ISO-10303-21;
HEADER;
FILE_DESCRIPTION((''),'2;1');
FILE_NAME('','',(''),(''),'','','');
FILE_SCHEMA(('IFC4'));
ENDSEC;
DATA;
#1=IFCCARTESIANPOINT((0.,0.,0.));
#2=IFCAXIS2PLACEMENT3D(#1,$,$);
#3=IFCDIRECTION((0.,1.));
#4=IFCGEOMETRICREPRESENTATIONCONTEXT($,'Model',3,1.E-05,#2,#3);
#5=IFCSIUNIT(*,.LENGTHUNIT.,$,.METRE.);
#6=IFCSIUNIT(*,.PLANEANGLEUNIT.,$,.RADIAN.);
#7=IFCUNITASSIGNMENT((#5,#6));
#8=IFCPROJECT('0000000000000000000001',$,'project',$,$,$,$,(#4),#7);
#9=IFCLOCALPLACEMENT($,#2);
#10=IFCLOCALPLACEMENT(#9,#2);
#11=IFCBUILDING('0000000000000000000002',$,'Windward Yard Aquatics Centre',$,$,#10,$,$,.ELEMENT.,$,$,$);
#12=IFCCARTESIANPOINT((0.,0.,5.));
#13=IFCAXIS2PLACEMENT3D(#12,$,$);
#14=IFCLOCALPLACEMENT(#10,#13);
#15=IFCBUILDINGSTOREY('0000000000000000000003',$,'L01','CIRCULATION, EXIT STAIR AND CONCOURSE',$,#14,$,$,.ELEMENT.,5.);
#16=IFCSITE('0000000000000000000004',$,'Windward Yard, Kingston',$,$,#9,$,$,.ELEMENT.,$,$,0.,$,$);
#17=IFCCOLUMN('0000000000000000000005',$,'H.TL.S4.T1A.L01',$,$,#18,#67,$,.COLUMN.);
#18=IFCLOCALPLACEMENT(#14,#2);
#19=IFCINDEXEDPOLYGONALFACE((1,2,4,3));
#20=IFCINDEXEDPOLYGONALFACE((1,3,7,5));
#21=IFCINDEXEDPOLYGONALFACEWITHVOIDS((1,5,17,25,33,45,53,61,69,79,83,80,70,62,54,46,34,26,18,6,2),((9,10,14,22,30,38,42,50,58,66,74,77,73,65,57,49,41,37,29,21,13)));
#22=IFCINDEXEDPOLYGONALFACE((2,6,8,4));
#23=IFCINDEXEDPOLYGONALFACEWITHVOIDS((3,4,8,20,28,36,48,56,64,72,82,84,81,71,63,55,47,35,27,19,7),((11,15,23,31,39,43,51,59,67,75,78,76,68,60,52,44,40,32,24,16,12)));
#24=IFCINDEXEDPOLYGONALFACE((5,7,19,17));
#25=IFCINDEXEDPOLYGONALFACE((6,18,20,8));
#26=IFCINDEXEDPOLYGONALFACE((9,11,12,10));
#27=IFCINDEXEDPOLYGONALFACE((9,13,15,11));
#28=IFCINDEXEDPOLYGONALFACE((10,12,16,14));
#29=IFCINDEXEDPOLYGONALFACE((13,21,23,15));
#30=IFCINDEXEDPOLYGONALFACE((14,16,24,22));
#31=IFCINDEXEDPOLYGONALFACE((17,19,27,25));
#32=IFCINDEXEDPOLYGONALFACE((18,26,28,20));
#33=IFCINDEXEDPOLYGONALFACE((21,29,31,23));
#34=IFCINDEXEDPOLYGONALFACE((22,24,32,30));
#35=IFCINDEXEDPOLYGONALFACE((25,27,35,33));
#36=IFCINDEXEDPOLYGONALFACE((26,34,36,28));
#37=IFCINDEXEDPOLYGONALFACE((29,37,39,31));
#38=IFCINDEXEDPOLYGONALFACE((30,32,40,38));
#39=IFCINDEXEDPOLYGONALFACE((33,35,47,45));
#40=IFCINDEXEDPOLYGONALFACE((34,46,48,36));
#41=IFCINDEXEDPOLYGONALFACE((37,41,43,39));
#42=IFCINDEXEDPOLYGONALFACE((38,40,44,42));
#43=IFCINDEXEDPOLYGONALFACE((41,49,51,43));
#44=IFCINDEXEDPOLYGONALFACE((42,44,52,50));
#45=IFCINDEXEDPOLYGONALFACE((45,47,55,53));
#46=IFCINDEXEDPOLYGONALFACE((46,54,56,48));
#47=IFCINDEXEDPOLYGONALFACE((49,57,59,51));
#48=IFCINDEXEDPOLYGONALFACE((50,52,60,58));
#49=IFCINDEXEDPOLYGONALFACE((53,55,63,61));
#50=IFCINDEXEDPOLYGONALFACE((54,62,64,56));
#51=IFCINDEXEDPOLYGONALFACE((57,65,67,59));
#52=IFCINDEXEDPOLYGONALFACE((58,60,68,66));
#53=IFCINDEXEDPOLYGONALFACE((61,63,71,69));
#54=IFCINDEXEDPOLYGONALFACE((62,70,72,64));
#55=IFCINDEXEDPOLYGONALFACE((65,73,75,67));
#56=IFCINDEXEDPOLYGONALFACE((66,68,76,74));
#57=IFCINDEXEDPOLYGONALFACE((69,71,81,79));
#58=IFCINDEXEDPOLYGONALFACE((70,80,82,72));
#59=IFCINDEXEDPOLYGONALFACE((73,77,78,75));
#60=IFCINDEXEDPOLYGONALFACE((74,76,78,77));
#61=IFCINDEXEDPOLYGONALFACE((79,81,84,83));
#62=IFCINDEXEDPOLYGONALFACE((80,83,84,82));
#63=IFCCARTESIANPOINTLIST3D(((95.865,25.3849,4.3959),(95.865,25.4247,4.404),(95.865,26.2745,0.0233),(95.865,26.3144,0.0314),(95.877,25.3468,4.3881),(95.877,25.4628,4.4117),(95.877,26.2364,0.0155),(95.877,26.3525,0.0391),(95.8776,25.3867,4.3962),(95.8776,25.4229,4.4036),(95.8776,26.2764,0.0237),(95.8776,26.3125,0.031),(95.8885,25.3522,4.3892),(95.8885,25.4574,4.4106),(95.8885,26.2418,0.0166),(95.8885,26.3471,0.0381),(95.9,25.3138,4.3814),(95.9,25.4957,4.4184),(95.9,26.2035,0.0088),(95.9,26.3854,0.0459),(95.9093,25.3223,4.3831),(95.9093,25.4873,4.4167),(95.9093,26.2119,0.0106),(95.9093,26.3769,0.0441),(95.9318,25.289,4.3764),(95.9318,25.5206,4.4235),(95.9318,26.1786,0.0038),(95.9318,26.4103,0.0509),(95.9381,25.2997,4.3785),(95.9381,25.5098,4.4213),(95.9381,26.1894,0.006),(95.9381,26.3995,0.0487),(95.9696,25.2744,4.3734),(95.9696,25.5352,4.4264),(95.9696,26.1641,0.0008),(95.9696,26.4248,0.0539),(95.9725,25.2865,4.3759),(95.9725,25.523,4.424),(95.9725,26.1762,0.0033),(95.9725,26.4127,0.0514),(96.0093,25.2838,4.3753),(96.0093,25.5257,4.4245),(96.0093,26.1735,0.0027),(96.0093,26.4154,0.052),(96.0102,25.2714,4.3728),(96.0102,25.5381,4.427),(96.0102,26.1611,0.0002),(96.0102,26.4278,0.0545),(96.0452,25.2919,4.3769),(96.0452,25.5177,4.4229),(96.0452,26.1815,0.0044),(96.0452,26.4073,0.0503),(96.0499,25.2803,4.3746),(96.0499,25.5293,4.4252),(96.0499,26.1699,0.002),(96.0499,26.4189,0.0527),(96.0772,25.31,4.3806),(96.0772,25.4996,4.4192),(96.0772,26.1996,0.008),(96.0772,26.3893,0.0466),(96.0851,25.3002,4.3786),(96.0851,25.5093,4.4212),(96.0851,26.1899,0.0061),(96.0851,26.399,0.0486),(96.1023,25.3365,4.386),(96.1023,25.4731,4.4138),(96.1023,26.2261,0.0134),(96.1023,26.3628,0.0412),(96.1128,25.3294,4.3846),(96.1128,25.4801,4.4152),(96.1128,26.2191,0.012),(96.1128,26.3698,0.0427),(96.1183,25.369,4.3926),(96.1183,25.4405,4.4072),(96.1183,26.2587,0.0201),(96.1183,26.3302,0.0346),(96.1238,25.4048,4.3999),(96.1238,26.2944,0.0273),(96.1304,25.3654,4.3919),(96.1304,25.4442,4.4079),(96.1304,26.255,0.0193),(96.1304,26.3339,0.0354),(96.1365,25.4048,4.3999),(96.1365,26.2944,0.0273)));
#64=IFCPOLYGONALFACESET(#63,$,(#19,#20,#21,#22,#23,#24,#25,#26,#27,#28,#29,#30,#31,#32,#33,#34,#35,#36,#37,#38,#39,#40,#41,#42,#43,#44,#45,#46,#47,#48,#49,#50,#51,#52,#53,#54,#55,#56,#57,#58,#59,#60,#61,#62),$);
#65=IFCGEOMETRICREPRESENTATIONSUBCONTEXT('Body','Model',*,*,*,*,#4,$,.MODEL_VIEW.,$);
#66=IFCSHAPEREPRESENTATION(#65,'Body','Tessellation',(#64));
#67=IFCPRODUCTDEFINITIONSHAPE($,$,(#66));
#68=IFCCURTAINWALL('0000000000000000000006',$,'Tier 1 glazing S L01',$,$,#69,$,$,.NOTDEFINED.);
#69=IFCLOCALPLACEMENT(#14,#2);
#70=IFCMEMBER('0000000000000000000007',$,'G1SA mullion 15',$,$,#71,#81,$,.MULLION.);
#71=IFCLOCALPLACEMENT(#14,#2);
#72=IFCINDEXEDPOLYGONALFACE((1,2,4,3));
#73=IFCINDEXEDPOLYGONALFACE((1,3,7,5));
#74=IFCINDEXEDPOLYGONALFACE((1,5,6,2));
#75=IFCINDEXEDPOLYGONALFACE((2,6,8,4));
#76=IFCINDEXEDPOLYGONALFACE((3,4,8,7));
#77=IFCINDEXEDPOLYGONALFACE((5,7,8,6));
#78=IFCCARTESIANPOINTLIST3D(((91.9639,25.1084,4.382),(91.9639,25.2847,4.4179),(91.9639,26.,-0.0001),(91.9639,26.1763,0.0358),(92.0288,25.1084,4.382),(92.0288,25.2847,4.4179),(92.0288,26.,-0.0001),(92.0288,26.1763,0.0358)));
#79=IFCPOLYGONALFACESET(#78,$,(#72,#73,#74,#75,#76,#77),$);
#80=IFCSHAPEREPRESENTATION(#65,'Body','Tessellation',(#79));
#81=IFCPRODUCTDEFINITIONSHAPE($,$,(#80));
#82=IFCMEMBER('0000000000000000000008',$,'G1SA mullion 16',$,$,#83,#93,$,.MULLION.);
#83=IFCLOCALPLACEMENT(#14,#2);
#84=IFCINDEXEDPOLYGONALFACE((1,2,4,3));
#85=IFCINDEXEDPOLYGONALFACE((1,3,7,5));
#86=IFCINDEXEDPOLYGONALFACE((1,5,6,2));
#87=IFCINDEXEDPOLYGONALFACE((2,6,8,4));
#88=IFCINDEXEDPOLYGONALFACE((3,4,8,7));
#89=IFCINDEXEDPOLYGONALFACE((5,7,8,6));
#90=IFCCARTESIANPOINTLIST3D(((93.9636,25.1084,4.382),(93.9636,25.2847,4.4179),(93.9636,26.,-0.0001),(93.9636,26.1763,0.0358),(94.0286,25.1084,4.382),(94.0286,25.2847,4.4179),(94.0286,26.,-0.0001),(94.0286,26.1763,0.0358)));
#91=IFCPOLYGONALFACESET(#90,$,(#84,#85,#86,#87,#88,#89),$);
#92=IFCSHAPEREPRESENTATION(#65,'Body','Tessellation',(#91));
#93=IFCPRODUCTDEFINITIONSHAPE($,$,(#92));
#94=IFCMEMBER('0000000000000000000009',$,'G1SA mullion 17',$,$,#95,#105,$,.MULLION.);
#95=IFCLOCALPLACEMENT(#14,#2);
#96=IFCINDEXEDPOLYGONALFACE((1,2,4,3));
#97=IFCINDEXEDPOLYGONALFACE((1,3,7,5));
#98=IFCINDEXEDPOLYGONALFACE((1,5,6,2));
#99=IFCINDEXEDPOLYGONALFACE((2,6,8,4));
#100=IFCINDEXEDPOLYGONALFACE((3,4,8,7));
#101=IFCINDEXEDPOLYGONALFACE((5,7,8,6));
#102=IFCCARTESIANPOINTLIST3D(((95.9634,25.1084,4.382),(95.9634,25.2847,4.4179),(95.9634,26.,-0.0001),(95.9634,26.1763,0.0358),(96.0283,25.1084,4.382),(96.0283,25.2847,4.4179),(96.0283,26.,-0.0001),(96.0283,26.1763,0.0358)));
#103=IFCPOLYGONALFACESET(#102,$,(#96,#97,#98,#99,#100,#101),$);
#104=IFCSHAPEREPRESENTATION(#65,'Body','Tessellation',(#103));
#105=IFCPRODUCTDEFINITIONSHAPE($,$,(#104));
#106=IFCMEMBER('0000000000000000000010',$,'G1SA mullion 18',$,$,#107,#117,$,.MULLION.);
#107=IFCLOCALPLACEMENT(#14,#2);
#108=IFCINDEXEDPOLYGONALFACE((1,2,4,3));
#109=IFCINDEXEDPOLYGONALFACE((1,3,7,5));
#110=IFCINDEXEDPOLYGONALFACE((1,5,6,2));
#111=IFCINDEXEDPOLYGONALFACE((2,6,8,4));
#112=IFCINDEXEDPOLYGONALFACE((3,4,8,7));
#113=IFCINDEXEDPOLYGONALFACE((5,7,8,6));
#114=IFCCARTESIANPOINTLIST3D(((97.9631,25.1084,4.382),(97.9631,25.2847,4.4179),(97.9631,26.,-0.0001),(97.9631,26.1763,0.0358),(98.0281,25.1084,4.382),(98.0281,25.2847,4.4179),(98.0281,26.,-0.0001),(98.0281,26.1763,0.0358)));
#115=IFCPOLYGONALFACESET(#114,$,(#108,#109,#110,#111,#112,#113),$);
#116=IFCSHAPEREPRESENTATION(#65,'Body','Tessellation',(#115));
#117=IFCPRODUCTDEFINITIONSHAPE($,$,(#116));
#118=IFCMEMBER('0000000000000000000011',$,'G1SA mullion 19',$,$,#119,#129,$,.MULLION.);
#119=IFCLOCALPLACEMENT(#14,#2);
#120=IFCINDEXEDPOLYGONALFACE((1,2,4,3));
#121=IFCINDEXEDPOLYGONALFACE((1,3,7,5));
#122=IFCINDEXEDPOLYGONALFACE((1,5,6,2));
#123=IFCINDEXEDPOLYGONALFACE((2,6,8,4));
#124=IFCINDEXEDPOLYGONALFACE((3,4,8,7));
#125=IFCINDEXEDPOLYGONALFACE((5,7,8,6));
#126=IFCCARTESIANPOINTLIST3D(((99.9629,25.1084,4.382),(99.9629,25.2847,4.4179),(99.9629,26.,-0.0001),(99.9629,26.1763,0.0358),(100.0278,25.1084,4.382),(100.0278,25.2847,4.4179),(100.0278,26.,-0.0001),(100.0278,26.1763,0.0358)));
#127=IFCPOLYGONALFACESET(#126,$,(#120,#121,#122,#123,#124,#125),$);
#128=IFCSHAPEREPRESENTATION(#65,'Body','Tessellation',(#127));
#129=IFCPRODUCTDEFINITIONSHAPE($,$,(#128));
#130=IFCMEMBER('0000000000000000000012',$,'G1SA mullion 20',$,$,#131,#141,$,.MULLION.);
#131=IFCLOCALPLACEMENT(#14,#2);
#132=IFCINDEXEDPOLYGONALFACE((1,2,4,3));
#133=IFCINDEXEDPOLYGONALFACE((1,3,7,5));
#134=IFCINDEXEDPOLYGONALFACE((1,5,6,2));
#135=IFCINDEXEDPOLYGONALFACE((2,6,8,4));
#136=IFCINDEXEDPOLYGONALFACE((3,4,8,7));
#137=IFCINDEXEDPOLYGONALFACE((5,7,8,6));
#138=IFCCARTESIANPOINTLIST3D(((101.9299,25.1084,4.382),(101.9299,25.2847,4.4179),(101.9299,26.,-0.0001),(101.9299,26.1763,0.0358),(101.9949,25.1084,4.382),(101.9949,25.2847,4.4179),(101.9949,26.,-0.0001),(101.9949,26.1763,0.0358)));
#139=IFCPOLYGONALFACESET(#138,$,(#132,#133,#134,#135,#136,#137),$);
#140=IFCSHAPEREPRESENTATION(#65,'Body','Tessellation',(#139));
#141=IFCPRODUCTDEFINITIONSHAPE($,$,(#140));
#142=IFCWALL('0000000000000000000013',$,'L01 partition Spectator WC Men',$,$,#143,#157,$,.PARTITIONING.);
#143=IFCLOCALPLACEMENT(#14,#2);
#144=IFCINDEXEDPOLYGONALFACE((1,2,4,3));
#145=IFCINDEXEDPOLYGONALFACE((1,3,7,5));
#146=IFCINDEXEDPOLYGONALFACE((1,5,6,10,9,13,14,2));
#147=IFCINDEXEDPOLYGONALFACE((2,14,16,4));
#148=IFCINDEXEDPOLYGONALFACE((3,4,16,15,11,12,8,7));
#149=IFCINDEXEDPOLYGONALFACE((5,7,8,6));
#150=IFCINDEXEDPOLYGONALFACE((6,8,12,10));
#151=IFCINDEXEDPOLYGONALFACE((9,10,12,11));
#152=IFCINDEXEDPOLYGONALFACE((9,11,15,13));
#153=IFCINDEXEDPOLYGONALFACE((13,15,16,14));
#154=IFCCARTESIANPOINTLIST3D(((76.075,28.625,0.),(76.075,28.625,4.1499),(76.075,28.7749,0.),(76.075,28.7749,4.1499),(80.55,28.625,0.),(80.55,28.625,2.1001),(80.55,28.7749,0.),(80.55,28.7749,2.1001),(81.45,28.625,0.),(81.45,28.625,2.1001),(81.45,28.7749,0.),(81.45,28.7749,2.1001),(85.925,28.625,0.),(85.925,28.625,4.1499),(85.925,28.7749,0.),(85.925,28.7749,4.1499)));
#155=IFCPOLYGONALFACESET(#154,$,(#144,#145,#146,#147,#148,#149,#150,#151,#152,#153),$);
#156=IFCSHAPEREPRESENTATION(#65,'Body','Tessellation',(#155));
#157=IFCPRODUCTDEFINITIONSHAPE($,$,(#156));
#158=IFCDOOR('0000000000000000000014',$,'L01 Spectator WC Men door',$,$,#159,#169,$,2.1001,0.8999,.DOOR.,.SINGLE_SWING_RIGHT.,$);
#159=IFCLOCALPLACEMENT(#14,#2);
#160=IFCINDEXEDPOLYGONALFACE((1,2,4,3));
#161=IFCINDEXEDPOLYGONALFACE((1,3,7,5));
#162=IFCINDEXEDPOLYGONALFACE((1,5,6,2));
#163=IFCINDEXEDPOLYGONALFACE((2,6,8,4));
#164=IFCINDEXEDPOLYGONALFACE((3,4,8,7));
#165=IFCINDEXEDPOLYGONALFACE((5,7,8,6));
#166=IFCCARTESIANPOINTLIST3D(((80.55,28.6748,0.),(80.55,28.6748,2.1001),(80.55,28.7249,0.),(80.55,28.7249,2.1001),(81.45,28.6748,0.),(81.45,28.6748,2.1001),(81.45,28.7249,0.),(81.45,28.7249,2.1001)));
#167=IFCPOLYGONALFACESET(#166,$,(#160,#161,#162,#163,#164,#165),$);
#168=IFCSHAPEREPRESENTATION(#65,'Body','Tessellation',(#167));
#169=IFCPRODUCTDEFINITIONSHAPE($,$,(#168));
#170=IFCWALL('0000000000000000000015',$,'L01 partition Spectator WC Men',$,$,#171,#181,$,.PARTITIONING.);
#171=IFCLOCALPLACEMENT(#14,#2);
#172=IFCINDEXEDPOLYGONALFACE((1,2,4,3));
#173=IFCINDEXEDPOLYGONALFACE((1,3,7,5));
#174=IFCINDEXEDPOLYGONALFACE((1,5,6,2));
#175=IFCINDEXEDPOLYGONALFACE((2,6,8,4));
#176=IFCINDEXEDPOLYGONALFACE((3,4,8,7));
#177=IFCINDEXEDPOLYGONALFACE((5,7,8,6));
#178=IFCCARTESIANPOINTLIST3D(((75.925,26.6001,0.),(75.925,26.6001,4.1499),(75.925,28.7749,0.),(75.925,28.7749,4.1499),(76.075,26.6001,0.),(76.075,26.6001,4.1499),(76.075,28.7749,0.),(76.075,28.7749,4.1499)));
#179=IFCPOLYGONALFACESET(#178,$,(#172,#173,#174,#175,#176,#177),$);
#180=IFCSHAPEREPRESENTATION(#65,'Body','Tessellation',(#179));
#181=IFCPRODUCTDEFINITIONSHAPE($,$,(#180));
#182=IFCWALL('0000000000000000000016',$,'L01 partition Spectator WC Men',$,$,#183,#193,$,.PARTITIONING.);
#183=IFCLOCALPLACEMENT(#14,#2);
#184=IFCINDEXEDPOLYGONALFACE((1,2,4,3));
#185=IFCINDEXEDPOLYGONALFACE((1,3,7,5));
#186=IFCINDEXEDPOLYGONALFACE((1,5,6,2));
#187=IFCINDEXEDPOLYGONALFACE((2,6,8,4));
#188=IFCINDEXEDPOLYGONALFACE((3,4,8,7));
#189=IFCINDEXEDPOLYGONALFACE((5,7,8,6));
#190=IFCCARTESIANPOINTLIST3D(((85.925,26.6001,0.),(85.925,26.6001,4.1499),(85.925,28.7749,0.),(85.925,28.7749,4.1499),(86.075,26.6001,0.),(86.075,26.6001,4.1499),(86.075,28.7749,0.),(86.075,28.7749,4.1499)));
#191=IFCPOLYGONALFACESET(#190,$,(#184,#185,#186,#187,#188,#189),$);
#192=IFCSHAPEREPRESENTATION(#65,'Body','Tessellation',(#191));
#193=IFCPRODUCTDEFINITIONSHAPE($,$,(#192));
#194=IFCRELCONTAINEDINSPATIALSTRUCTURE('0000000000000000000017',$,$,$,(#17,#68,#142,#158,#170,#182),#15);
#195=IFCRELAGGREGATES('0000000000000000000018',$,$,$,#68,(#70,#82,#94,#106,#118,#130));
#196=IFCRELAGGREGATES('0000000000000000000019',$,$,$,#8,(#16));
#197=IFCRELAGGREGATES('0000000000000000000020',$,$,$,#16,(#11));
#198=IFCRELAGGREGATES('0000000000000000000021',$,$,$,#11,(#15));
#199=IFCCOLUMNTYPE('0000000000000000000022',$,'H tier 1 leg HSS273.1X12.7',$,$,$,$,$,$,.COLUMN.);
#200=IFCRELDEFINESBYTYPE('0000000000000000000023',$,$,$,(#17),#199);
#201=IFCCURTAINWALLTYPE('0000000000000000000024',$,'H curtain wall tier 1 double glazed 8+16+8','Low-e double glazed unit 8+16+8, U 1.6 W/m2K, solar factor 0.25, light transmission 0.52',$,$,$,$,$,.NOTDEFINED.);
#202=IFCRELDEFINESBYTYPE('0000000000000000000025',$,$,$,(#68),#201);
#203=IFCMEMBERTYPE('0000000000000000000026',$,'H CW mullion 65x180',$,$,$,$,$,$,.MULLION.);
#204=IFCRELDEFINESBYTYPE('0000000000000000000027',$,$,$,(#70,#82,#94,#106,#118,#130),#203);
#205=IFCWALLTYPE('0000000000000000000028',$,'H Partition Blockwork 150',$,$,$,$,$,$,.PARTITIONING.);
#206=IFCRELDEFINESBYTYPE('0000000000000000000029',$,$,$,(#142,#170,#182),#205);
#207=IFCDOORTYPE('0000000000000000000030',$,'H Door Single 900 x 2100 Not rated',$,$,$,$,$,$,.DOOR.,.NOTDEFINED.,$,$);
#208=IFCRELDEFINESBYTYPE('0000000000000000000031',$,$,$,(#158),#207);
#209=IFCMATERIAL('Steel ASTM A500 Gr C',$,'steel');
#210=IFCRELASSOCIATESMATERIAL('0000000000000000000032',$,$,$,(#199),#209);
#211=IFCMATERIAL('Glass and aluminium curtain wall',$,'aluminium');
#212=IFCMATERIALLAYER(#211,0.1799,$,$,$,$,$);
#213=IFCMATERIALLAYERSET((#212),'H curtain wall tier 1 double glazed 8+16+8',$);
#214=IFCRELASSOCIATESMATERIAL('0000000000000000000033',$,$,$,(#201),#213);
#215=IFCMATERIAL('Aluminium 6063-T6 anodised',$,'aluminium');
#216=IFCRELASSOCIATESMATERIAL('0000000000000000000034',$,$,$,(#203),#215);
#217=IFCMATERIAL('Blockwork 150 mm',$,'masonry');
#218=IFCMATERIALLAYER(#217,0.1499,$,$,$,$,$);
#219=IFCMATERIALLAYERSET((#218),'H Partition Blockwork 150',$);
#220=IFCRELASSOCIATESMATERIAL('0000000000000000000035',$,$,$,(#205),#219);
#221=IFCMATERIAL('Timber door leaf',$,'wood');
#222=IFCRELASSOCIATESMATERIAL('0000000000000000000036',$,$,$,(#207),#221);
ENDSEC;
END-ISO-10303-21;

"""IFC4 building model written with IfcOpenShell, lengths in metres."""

from ifc_helpers import new_model, si_unit, direction, frame, frame_2d, origin, origin_2d, place, context, subcontext, project, spatial, rectangle, hollow_circle, extrude, material, layer, layer_set, material_profile, profile_set, type_object, element, fill, aggregate, save


model = new_model("IFC4")

# Units and contexts
model_context = context("Model", 3, precision=1e-05, world=origin(), true_north=direction((0.0, 1.0)))
body_context = subcontext(model_context, "Body", "Model", "MODEL_VIEW")
ifc_project = project(units=[si_unit("LENGTHUNIT", "METRE"), si_unit("PLANEANGLEUNIT", "RADIAN")], contexts=[model_context])

# Site, building, storey
site_placement = place(None, origin())
site = spatial("IfcSite", under=ifc_project, at=site_placement, Name="Windward Yard, Kingston", CompositionType="ELEMENT", RefElevation=0.0)
building_placement = place(site_placement, origin())
building = spatial("IfcBuilding", under=site, at=building_placement, Name="Windward Yard Aquatics Centre", CompositionType="ELEMENT")
storey_placement = place(building_placement, frame((0.0, 0.0, 5.0)))
storey = spatial("IfcBuildingStorey", under=building, at=storey_placement, Name="L01", Description="CIRCULATION, EXIT STAIR AND CONCOURSE", CompositionType="ELEMENT", Elevation=5.0)

# Column
ifc_material_1 = material(Name="Steel ASTM A500 Gr C", Category="steel")
ifc_material_profile_1 = material_profile(ifc_material_1, hollow_circle(Radius=0.1365, WallThickness=0.0127, at=origin_2d()), Name="HSS273.1X12.7")
ifc_profile_set_1 = profile_set([ifc_material_profile_1], Name="Steel ASTM A500 Gr C")
column_type_1 = type_object("IfcColumnType", Name="H tier 1 leg HSS273.1X12.7", PredefinedType="COLUMN", material=ifc_profile_set_1)
for number, where, z_axis, x_axis, name in (
    (1, (96.0, 26.2944, 0.0273), (0.0, -0.199377, 0.979923), (1.0, 0.0, 0.0), "H.TL.S4.T1A.L01"),
):
    element("IfcColumn", number, at=place(storey_placement, frame(where, z_axis=z_axis, x_axis=x_axis)), inside=storey, type_object=column_type_1, Name=name, PredefinedType="COLUMN", context=body_context, shape_type="SweptSolid", body=[
        extrude(hollow_circle(Radius=0.1365, WallThickness=0.0127, at=origin_2d()), origin(), (0.0, 0.0, 1.0), 4.4622),
    ])

# Curtain wall, members
ifc_material_2 = material(Name="Glass and aluminium curtain wall", Category="aluminium")
ifc_layer_1 = layer(ifc_material_2, 0.1799)
ifc_layer_set_1 = layer_set([ifc_layer_1], Name="H curtain wall tier 1 double glazed 8+16+8")
curtain_wall_type = type_object("IfcCurtainWallType", Name="H curtain wall tier 1 double glazed 8+16+8", Description="Low-e double glazed unit 8+16+8, U 1.6 W/m2K, solar factor 0.25, light transmission 0.52", PredefinedType="NOTDEFINED", material=ifc_layer_set_1)
curtain_wall_placement = place(storey_placement, origin())
curtain_wall = element("IfcCurtainWall", 2, at=curtain_wall_placement, inside=storey, type_object=curtain_wall_type, Name="Tier 1 glazing S L01", PredefinedType="NOTDEFINED")
ifc_material_3 = material(Name="Aluminium 6063-T6 anodised", Category="aluminium")
ifc_material_profile_2 = material_profile(ifc_material_3, rectangle(XDim=0.0649, YDim=0.1799, at=origin_2d()), Name="H CW mullion 65x180")
ifc_profile_set_2 = profile_set([ifc_material_profile_2], Name="Aluminium 6063-T6 anodised")
member_type = type_object("IfcMemberType", Name="H CW mullion 65x180", PredefinedType="MULLION", material=ifc_profile_set_2)
member_1_placement = place(storey_placement, frame((91.9963, 26.0881, 0.0178), z_axis=(0.0, -0.19938, 0.979922), x_axis=(1.0, 0.0, 0.0)))
member_1 = element("IfcMember", 3, at=member_1_placement, type_object=member_type, Name="G1SA mullion 15", PredefinedType="MULLION", context=body_context, shape_type="SweptSolid", body=[
    extrude(rectangle(XDim=0.0649, YDim=0.1799, at=origin_2d()), origin(), (0.0, 0.0, 1.0), 4.4719),
])
member_2_placement = place(storey_placement, frame((93.9961, 26.0881, 0.0178), z_axis=(0.0, -0.19938, 0.979922), x_axis=(1.0, 0.0, 0.0)))
member_2 = element("IfcMember", 4, at=member_2_placement, type_object=member_type, Name="G1SA mullion 16", PredefinedType="MULLION", context=body_context, shape_type="SweptSolid", body=[
    extrude(rectangle(XDim=0.0649, YDim=0.1799, at=origin_2d()), origin(), (0.0, 0.0, 1.0), 4.4719),
])
member_3_placement = place(storey_placement, frame((95.9958, 26.0881, 0.0178), z_axis=(0.0, -0.19938, 0.979922), x_axis=(1.0, 0.0, 0.0)))
member_3 = element("IfcMember", 5, at=member_3_placement, type_object=member_type, Name="G1SA mullion 17", PredefinedType="MULLION", context=body_context, shape_type="SweptSolid", body=[
    extrude(rectangle(XDim=0.0649, YDim=0.1799, at=origin_2d()), origin(), (0.0, 0.0, 1.0), 4.4719),
])
member_4_placement = place(storey_placement, frame((97.9956, 26.0881, 0.0178), z_axis=(0.0, -0.19938, 0.979922), x_axis=(1.0, 0.0, 0.0)))
member_4 = element("IfcMember", 6, at=member_4_placement, type_object=member_type, Name="G1SA mullion 18", PredefinedType="MULLION", context=body_context, shape_type="SweptSolid", body=[
    extrude(rectangle(XDim=0.0649, YDim=0.1799, at=origin_2d()), origin(), (0.0, 0.0, 1.0), 4.4719),
])
member_5_placement = place(storey_placement, frame((99.9954, 26.0881, 0.0178), z_axis=(0.0, -0.19938, 0.979922), x_axis=(1.0, 0.0, 0.0)))
member_5 = element("IfcMember", 7, at=member_5_placement, type_object=member_type, Name="G1SA mullion 19", PredefinedType="MULLION", context=body_context, shape_type="SweptSolid", body=[
    extrude(rectangle(XDim=0.0649, YDim=0.1799, at=origin_2d()), origin(), (0.0, 0.0, 1.0), 4.4719),
])
member_6_placement = place(storey_placement, frame((101.9624, 26.0881, 0.0178), z_axis=(0.0, -0.19938, 0.979922), x_axis=(1.0, 0.0, 0.0)))
member_6 = element("IfcMember", 8, at=member_6_placement, type_object=member_type, Name="G1SA mullion 20", PredefinedType="MULLION", context=body_context, shape_type="SweptSolid", body=[
    extrude(rectangle(XDim=0.0649, YDim=0.1799, at=origin_2d()), origin(), (0.0, 0.0, 1.0), 4.4719),
])
aggregate(curtain_wall, [member_1, member_2, member_3, member_4, member_5, member_6])

# Wall, opening, door
ifc_material_4 = material(Name="Blockwork 150 mm", Category="masonry")
ifc_layer_2 = layer(ifc_material_4, 0.1499)
ifc_layer_set_2 = layer_set([ifc_layer_2], Name="H Partition Blockwork 150")
wall_type = type_object("IfcWallType", Name="H Partition Blockwork 150", PredefinedType="PARTITIONING", material=ifc_layer_set_2)
wall_1_placement = place(storey_placement, frame((76.075, 28.7, 0.0), z_axis=(0.0, 0.0, 1.0), x_axis=(1.0, 0.0, 0.0)))
wall_1 = element("IfcWall", 9, at=wall_1_placement, inside=storey, type_object=wall_type, Name="L01 partition Spectator WC Men", PredefinedType="PARTITIONING", context=body_context, shape_type="SweptSolid", body=[
    extrude(rectangle(XDim=9.8501, YDim=0.1499, at=frame_2d((4.925, 0.0))), origin(), (0.0, 0.0, 1.0), 4.1499),
])
opening_1_placement = place(wall_1_placement, frame((4.4751, 0.0, 0.0)))
opening_1 = element("IfcOpeningElement", 10, at=opening_1_placement, cuts=wall_1, PredefinedType="OPENING", context=body_context, shape_type="SweptSolid", body=[
    extrude(rectangle(XDim=0.8999, YDim=2.1001, at=frame_2d((0.45, 1.05))), frame((0.0, 0.085, 0.0), z_axis=(0.0, -1.0, 0.0), x_axis=(1.0, 0.0, 0.0)), (0.0, 0.0, 1.0), 0.1699),
])
ifc_material_5 = material(Name="Timber door leaf", Category="wood")
door_type = type_object("IfcDoorType", Name="H Door Single 900 x 2100 Not rated", OperationType="NOTDEFINED", PredefinedType="DOOR", material=ifc_material_5)
door_1_placement = place(opening_1_placement, origin())
door_1 = element("IfcDoor", 11, at=door_1_placement, inside=storey, type_object=door_type, Name="L01 Spectator WC Men door", OperationType="SINGLE_SWING_RIGHT", OverallHeight=2.1001, OverallWidth=0.8999, PredefinedType="DOOR", context=body_context, shape_type="SweptSolid", body=[
    extrude(rectangle(XDim=0.8999, YDim=2.1001, at=frame_2d((0.45, 1.05))), frame((0.0, 0.0249, 0.0), z_axis=(0.0, -1.0, 0.0), x_axis=(1.0, 0.0, 0.0)), (0.0, 0.0, 1.0), 0.05),
])
fill(opening_1, door_1)

# Walls
for number, where, z_axis, x_axis, name in (
    (12, (76.0, 26.6001, 0.0), (0.0, 0.0, 1.0), (0.0, 1.0, 0.0), "L01 partition Spectator WC Men"),
    (13, (86.0, 26.6001, 0.0), (0.0, 0.0, 1.0), (0.0, 1.0, 0.0), "L01 partition Spectator WC Men"),
):
    element("IfcWall", number, at=place(storey_placement, frame(where, z_axis=z_axis, x_axis=x_axis)), inside=storey, type_object=wall_type, Name=name, PredefinedType="PARTITIONING", context=body_context, shape_type="SweptSolid", body=[
        extrude(rectangle(XDim=2.1748, YDim=0.1499, at=frame_2d((1.0874, 0.0))), origin(), (0.0, 0.0, 1.0), 4.1499),
    ])

save(model, "model.ifc")
